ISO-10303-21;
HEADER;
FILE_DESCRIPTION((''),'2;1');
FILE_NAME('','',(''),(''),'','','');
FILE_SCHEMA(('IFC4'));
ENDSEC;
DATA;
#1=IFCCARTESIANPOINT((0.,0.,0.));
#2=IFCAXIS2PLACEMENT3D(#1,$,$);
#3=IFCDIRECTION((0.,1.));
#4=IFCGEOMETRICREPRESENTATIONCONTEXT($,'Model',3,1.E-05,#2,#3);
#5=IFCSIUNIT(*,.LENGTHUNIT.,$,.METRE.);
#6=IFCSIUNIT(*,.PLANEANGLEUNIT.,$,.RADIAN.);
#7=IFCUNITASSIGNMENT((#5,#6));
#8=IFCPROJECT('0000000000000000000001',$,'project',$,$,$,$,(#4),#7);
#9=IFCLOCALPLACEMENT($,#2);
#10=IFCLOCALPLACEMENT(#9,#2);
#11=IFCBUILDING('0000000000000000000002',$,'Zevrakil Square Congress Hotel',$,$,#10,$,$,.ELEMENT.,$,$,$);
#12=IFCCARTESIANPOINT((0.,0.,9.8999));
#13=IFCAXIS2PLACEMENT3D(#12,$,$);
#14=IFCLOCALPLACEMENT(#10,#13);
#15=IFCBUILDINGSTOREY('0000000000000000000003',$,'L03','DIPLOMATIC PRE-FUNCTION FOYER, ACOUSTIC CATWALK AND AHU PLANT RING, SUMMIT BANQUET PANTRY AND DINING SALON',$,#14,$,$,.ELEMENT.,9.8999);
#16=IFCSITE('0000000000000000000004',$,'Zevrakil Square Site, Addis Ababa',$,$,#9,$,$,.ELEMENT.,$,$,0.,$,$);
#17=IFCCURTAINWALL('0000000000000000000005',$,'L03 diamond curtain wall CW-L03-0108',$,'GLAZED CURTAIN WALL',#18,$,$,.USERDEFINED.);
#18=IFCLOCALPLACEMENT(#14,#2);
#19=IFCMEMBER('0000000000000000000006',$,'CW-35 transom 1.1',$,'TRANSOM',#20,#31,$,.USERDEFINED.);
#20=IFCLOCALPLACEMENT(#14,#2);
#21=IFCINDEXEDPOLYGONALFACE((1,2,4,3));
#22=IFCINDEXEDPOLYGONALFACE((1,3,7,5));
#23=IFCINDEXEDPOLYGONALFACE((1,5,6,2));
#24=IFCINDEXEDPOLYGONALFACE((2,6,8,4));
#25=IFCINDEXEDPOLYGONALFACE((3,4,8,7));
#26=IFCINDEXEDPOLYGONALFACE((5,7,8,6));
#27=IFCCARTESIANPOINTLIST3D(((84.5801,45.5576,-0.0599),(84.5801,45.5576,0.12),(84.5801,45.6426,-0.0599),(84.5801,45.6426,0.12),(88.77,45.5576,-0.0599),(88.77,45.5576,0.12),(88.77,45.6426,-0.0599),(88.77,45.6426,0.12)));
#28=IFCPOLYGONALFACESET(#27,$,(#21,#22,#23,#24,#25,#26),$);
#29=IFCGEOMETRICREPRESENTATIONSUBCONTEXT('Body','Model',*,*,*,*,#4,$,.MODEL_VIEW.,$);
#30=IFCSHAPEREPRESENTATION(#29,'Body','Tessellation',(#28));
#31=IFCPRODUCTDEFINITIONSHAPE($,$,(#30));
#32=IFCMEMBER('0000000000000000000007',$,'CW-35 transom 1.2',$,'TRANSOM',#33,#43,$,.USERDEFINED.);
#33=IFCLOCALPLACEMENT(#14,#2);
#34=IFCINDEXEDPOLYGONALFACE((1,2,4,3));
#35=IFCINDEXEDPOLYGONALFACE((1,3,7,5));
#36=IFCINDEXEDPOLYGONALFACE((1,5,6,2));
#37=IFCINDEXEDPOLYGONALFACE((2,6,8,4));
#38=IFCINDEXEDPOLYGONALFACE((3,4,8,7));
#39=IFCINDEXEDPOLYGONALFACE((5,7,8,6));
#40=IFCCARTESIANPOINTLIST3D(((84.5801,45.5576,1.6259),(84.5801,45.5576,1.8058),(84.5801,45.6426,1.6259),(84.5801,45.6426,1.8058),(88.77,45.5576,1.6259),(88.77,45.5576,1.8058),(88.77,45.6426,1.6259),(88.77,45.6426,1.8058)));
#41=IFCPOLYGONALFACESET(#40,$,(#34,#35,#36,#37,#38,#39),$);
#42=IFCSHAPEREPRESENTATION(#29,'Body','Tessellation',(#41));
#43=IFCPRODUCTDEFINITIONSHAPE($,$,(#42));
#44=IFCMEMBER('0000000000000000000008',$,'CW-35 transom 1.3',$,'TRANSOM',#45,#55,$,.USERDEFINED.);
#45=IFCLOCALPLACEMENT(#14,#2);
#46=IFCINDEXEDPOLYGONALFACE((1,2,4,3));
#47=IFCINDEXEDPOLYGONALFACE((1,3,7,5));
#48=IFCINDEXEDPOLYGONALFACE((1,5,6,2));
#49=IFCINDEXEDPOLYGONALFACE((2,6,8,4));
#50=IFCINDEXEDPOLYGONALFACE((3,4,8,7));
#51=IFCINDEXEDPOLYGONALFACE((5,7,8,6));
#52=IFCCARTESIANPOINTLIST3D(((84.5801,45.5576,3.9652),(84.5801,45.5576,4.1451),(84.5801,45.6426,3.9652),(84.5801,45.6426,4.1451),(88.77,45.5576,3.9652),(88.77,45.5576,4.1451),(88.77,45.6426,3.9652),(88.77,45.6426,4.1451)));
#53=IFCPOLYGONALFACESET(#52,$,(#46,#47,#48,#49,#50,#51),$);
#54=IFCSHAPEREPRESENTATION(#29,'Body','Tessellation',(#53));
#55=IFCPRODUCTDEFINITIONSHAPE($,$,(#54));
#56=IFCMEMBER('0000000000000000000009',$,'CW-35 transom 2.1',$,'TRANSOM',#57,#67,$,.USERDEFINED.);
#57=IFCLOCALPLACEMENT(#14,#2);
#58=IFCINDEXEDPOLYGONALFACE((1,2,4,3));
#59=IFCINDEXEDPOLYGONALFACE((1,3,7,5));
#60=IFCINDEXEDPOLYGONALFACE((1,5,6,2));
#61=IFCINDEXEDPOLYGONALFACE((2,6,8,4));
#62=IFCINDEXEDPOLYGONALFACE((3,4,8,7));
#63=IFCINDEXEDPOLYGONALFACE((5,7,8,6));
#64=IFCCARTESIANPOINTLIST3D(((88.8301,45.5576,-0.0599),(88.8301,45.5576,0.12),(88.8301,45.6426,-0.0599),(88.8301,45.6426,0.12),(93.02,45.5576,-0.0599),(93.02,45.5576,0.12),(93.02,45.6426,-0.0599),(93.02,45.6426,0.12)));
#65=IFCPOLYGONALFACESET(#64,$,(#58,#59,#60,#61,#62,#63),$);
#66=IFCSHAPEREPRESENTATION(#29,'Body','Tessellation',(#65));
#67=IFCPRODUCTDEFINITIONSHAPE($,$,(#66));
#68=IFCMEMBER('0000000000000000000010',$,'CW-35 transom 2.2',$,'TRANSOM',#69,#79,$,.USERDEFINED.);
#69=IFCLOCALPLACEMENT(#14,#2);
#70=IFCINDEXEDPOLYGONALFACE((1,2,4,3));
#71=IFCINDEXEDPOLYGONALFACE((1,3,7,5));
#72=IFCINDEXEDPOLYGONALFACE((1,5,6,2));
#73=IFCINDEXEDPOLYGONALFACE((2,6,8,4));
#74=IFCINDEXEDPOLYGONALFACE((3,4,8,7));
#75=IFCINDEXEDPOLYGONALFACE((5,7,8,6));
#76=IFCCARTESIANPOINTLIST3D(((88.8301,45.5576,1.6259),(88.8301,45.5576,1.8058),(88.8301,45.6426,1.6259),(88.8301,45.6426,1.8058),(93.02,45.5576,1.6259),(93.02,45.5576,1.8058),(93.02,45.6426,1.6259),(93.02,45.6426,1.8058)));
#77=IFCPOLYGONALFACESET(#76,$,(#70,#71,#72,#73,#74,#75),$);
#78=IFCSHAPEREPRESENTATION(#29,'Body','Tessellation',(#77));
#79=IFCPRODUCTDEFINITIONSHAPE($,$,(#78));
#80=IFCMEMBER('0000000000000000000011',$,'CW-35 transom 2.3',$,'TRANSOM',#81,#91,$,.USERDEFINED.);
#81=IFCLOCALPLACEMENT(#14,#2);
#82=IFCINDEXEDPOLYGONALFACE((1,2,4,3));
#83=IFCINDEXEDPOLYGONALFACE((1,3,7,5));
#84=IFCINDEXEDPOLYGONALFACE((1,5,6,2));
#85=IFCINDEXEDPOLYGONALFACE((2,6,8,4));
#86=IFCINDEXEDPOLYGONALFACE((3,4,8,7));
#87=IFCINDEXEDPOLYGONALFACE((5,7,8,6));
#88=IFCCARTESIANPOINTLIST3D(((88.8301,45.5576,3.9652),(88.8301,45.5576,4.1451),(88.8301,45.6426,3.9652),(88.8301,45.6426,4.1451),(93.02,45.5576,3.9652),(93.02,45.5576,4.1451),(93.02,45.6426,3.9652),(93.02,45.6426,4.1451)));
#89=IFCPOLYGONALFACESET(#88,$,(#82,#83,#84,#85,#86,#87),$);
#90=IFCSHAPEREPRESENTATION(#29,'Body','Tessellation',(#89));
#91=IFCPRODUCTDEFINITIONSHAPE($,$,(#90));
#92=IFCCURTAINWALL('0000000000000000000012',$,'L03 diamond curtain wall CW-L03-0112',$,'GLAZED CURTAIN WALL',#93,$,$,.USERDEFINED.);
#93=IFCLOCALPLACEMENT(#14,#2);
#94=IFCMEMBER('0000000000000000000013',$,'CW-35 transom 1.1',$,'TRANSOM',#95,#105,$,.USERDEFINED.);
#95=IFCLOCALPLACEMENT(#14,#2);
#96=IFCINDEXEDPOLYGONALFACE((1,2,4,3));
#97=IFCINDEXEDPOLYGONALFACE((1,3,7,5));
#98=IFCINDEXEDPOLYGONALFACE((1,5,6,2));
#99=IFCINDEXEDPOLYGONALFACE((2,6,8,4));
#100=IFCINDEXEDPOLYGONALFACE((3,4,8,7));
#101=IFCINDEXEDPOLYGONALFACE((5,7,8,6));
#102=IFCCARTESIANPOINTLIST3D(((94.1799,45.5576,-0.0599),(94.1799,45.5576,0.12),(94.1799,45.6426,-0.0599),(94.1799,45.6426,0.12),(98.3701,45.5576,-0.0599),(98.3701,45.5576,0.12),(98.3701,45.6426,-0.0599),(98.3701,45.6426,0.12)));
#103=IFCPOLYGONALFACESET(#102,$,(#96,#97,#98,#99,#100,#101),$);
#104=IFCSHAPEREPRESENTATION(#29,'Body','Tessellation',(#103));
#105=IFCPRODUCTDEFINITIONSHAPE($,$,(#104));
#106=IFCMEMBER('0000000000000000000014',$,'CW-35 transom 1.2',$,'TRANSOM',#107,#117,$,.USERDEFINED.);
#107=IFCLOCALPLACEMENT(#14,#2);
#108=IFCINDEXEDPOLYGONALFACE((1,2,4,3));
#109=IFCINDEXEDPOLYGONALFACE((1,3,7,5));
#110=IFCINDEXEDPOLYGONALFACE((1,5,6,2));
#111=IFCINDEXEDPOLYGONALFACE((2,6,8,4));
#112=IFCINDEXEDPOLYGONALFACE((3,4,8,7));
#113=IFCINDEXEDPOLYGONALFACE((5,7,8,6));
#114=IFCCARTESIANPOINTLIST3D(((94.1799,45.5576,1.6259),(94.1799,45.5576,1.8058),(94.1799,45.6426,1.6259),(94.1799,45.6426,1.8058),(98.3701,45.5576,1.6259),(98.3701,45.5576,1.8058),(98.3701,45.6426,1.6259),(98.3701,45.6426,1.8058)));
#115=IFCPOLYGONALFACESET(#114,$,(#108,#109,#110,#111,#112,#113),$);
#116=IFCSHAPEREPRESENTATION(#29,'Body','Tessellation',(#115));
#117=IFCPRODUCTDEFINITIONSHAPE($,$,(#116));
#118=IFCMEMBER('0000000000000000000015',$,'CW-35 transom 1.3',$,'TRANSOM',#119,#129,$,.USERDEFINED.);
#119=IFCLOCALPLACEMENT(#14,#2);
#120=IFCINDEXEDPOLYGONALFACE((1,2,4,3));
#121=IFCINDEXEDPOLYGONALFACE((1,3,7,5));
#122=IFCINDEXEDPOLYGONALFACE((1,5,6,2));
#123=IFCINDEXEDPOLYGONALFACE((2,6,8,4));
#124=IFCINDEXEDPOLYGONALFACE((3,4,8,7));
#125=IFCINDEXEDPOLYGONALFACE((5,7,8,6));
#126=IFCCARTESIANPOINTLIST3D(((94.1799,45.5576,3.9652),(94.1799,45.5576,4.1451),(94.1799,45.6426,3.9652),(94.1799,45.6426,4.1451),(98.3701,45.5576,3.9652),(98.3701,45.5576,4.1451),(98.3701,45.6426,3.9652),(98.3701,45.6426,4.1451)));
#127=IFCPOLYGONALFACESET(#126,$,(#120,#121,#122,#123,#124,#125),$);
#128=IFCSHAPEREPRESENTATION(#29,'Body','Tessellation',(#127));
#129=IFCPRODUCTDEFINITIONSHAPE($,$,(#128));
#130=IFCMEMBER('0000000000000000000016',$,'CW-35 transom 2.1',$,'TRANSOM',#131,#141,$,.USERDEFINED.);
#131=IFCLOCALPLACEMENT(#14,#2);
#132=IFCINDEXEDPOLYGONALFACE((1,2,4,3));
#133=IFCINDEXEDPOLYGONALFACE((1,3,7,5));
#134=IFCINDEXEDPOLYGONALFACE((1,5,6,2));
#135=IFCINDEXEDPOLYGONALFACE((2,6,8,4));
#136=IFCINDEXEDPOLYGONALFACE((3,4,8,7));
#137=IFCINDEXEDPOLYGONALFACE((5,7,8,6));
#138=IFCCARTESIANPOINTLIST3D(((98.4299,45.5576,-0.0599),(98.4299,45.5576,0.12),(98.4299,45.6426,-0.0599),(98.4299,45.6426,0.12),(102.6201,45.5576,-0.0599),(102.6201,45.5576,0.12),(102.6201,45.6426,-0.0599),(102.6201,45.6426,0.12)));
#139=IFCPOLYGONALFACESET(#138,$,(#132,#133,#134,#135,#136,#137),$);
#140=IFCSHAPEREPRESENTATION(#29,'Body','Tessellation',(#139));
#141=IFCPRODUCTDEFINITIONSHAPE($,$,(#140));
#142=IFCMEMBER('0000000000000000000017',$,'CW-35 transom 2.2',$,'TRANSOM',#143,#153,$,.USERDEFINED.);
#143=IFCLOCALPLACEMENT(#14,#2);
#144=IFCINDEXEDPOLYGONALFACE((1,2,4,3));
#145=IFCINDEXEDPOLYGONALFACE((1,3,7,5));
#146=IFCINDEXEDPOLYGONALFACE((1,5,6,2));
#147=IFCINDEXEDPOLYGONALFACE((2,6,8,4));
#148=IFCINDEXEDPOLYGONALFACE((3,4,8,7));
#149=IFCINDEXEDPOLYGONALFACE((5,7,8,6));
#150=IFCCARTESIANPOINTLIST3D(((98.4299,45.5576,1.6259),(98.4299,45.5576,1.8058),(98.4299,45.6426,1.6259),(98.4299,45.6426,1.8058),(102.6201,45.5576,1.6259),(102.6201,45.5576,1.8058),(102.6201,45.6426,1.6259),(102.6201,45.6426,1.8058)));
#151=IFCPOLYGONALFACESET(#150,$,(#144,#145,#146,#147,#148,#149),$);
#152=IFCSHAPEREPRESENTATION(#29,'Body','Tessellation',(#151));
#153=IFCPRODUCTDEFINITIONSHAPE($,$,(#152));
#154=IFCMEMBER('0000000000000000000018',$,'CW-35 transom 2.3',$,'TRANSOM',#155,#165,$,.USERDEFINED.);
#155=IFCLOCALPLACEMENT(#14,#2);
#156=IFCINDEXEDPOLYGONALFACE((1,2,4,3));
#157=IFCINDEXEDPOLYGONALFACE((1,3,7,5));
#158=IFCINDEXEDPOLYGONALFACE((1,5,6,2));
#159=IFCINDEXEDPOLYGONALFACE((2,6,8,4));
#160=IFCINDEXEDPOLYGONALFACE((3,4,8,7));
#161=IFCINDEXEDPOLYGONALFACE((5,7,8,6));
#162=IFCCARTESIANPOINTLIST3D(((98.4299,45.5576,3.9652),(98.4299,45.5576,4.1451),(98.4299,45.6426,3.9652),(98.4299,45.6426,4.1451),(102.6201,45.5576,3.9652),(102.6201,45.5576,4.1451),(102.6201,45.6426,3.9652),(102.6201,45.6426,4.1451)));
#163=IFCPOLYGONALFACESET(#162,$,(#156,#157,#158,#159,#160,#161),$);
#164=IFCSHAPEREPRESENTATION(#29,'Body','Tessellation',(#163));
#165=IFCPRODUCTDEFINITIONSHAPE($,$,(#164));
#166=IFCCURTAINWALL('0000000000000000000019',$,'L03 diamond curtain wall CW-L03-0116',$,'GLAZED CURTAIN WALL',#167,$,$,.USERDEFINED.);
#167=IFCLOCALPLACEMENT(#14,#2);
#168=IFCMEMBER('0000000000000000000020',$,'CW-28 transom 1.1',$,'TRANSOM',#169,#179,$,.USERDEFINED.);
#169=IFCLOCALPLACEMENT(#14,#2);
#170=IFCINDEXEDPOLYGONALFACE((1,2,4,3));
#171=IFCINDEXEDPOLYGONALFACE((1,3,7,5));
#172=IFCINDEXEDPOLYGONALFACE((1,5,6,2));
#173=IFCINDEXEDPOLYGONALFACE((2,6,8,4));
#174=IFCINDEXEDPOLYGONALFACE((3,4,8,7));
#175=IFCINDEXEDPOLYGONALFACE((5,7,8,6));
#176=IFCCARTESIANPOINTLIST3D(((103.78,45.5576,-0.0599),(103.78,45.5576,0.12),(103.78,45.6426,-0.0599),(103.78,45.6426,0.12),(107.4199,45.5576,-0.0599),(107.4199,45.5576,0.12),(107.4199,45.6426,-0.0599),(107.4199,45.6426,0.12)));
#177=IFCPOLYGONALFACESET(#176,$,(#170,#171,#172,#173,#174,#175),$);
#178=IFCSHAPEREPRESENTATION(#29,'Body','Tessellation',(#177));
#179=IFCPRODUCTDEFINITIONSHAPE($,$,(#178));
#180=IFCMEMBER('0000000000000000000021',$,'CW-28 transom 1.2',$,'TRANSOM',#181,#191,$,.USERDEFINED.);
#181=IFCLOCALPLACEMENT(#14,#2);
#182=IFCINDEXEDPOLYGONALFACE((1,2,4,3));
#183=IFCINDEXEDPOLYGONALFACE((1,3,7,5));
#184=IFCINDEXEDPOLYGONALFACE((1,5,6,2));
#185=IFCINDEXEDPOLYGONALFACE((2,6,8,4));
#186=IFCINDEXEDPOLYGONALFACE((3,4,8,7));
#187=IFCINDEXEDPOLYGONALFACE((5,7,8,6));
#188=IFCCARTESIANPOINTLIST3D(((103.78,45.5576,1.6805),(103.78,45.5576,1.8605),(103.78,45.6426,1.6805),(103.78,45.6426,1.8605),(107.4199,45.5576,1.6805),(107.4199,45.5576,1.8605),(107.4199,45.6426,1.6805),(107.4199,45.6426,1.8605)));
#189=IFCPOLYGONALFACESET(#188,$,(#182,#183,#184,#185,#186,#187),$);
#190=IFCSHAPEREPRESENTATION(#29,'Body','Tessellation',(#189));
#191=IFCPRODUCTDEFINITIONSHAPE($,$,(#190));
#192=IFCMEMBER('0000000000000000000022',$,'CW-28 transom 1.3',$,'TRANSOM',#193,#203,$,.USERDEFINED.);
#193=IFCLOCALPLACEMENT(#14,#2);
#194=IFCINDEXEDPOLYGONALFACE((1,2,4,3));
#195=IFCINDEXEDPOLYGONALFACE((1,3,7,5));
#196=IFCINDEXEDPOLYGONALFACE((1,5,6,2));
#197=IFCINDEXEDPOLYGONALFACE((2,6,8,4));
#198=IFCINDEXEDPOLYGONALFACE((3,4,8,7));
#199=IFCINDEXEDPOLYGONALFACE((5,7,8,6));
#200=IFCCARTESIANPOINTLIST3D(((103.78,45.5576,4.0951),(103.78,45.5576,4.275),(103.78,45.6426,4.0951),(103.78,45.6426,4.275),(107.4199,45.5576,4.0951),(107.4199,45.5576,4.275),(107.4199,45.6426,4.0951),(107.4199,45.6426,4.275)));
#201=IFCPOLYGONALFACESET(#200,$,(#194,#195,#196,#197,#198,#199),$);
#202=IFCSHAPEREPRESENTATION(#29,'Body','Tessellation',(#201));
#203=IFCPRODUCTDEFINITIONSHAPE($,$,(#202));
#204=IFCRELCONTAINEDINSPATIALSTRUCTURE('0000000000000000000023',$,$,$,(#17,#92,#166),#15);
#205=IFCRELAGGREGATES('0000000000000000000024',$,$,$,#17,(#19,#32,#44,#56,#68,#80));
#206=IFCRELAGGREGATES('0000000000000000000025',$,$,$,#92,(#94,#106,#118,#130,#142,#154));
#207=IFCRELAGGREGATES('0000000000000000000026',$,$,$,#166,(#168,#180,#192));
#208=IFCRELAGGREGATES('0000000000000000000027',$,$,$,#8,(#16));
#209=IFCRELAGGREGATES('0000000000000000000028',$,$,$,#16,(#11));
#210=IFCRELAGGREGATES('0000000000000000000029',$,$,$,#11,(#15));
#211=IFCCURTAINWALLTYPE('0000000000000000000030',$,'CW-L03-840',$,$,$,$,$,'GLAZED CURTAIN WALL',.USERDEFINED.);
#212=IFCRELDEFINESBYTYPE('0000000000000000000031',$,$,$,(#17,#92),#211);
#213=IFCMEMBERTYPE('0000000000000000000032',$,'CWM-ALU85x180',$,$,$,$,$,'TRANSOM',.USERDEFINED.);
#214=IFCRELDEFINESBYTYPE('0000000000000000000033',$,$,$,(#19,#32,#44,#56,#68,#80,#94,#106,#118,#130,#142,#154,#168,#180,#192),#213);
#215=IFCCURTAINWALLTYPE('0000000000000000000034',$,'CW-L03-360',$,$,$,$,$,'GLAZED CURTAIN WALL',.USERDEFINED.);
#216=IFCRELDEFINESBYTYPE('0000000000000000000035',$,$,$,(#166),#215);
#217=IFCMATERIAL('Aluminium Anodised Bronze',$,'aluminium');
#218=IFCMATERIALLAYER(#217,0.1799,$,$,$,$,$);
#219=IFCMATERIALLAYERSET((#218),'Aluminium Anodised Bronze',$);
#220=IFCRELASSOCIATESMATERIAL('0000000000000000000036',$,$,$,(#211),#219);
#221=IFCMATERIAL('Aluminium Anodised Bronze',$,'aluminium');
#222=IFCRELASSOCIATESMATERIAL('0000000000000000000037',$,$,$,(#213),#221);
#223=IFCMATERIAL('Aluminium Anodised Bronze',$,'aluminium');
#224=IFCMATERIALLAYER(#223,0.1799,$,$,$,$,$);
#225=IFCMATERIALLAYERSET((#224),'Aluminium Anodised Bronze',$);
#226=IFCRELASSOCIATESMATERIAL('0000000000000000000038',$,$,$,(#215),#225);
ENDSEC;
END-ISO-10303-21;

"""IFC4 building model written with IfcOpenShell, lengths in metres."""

from ifc_helpers import new_model, si_unit, direction, frame, origin, origin_2d, place, context, subcontext, project, spatial, rectangle, extrude, material, layer, layer_set, material_profile, profile_set, type_object, element, aggregate, save


model = new_model("IFC4")

# Units and contexts
model_context = context("Model", 3, precision=1e-05, world=origin(), true_north=direction((0.0, 1.0)))
body_context = subcontext(model_context, "Body", "Model", "MODEL_VIEW")
ifc_project = project(units=[si_unit("LENGTHUNIT", "METRE"), si_unit("PLANEANGLEUNIT", "RADIAN")], contexts=[model_context])

# Site, building, storey
site_placement = place(None, origin())
site = spatial("IfcSite", under=ifc_project, at=site_placement, Name="Zevrakil Square Site, Addis Ababa", CompositionType="ELEMENT", RefElevation=0.0)
building_placement = place(site_placement, origin())
building = spatial("IfcBuilding", under=site, at=building_placement, Name="Zevrakil Square Congress Hotel", CompositionType="ELEMENT")
storey_placement = place(building_placement, frame((0.0, 0.0, 9.8999)))
storey = spatial("IfcBuildingStorey", under=building, at=storey_placement, Name="L03", Description="DIPLOMATIC PRE-FUNCTION FOYER, ACOUSTIC CATWALK AND AHU PLANT RING, SUMMIT BANQUET PANTRY AND DINING SALON", CompositionType="ELEMENT", Elevation=9.8999)

# Curtain walls, members
ifc_material_1 = material(Name="Aluminium Anodised Bronze", Category="aluminium")
ifc_layer_1 = layer(ifc_material_1, 0.1799)
ifc_layer_set_1 = layer_set([ifc_layer_1], Name="Aluminium Anodised Bronze")
curtain_wall_type_1 = type_object("IfcCurtainWallType", Name="CW-L03-840", ElementType="GLAZED CURTAIN WALL", PredefinedType="USERDEFINED", material=ifc_layer_set_1)
curtain_wall_1_placement = place(storey_placement, origin())
curtain_wall_1 = element("IfcCurtainWall", 1, at=curtain_wall_1_placement, inside=storey, type_object=curtain_wall_type_1, Name="L03 diamond curtain wall CW-L03-0108", ObjectType="GLAZED CURTAIN WALL", PredefinedType="USERDEFINED")
ifc_material_2 = material(Name="Aluminium Anodised Bronze", Category="aluminium")
ifc_material_profile_1 = material_profile(ifc_material_2, rectangle(XDim=0.085, YDim=0.1799, at=origin_2d()), Name="ALU 85x180")
ifc_profile_set_1 = profile_set([ifc_material_profile_1], Name="Aluminium Anodised Bronze")
member_type_1 = type_object("IfcMemberType", Name="CWM-ALU85x180", ElementType="TRANSOM", PredefinedType="USERDEFINED", material=ifc_profile_set_1)
member_1_placement = place(storey_placement, frame((84.5801, 45.6001, 0.03), z_axis=(1.0, 0.0, 0.0), x_axis=(0.0, 1.0, 0.0)))
member_1 = element("IfcMember", 2, at=member_1_placement, type_object=member_type_1, Name="CW-35 transom 1.1", ObjectType="TRANSOM", PredefinedType="USERDEFINED", context=body_context, shape_type="SweptSolid", body=[
    extrude(rectangle(XDim=0.085, YDim=0.1799, at=origin_2d()), origin(), (0.0, 0.0, 1.0), 4.1899),
])
member_2_placement = place(storey_placement, frame((84.5801, 45.6001, 1.7158), z_axis=(1.0, 0.0, 0.0), x_axis=(0.0, 1.0, 0.0)))
member_2 = element("IfcMember", 3, at=member_2_placement, type_object=member_type_1, Name="CW-35 transom 1.2", ObjectType="TRANSOM", PredefinedType="USERDEFINED", context=body_context, shape_type="SweptSolid", body=[
    extrude(rectangle(XDim=0.085, YDim=0.1799, at=origin_2d()), origin(), (0.0, 0.0, 1.0), 4.1899),
])
member_3_placement = place(storey_placement, frame((84.5801, 45.6001, 4.0552), z_axis=(1.0, 0.0, 0.0), x_axis=(0.0, 1.0, 0.0)))
member_3 = element("IfcMember", 4, at=member_3_placement, type_object=member_type_1, Name="CW-35 transom 1.3", ObjectType="TRANSOM", PredefinedType="USERDEFINED", context=body_context, shape_type="SweptSolid", body=[
    extrude(rectangle(XDim=0.085, YDim=0.1799, at=origin_2d()), origin(), (0.0, 0.0, 1.0), 4.1899),
])
member_4_placement = place(storey_placement, frame((88.8301, 45.6001, 0.03), z_axis=(1.0, 0.0, 0.0), x_axis=(0.0, 1.0, 0.0)))
member_4 = element("IfcMember", 5, at=member_4_placement, type_object=member_type_1, Name="CW-35 transom 2.1", ObjectType="TRANSOM", PredefinedType="USERDEFINED", context=body_context, shape_type="SweptSolid", body=[
    extrude(rectangle(XDim=0.085, YDim=0.1799, at=origin_2d()), origin(), (0.0, 0.0, 1.0), 4.1899),
])
member_5_placement = place(storey_placement, frame((88.8301, 45.6001, 1.7158), z_axis=(1.0, 0.0, 0.0), x_axis=(0.0, 1.0, 0.0)))
member_5 = element("IfcMember", 6, at=member_5_placement, type_object=member_type_1, Name="CW-35 transom 2.2", ObjectType="TRANSOM", PredefinedType="USERDEFINED", context=body_context, shape_type="SweptSolid", body=[
    extrude(rectangle(XDim=0.085, YDim=0.1799, at=origin_2d()), origin(), (0.0, 0.0, 1.0), 4.1899),
])
member_6_placement = place(storey_placement, frame((88.8301, 45.6001, 4.0552), z_axis=(1.0, 0.0, 0.0), x_axis=(0.0, 1.0, 0.0)))
member_6 = element("IfcMember", 7, at=member_6_placement, type_object=member_type_1, Name="CW-35 transom 2.3", ObjectType="TRANSOM", PredefinedType="USERDEFINED", context=body_context, shape_type="SweptSolid", body=[
    extrude(rectangle(XDim=0.085, YDim=0.1799, at=origin_2d()), origin(), (0.0, 0.0, 1.0), 4.1899),
])
curtain_wall_2_placement = place(storey_placement, origin())
curtain_wall_2 = element("IfcCurtainWall", 8, at=curtain_wall_2_placement, inside=storey, type_object=curtain_wall_type_1, Name="L03 diamond curtain wall CW-L03-0112", ObjectType="GLAZED CURTAIN WALL", PredefinedType="USERDEFINED")
member_7_placement = place(storey_placement, frame((94.1799, 45.6001, 0.03), z_axis=(1.0, 0.0, 0.0), x_axis=(0.0, 1.0, 0.0)))
member_7 = element("IfcMember", 9, at=member_7_placement, type_object=member_type_1, Name="CW-35 transom 1.1", ObjectType="TRANSOM", PredefinedType="USERDEFINED", context=body_context, shape_type="SweptSolid", body=[
    extrude(rectangle(XDim=0.085, YDim=0.1799, at=origin_2d()), origin(), (0.0, 0.0, 1.0), 4.1902),
])
member_8_placement = place(storey_placement, frame((94.1799, 45.6001, 1.7158), z_axis=(1.0, 0.0, 0.0), x_axis=(0.0, 1.0, 0.0)))
member_8 = element("IfcMember", 10, at=member_8_placement, type_object=member_type_1, Name="CW-35 transom 1.2", ObjectType="TRANSOM", PredefinedType="USERDEFINED", context=body_context, shape_type="SweptSolid", body=[
    extrude(rectangle(XDim=0.085, YDim=0.1799, at=origin_2d()), origin(), (0.0, 0.0, 1.0), 4.1902),
])
member_9_placement = place(storey_placement, frame((94.1799, 45.6001, 4.0552), z_axis=(1.0, 0.0, 0.0), x_axis=(0.0, 1.0, 0.0)))
member_9 = element("IfcMember", 11, at=member_9_placement, type_object=member_type_1, Name="CW-35 transom 1.3", ObjectType="TRANSOM", PredefinedType="USERDEFINED", context=body_context, shape_type="SweptSolid", body=[
    extrude(rectangle(XDim=0.085, YDim=0.1799, at=origin_2d()), origin(), (0.0, 0.0, 1.0), 4.1902),
])
member_10_placement = place(storey_placement, frame((98.4299, 45.6001, 0.03), z_axis=(1.0, 0.0, 0.0), x_axis=(0.0, 1.0, 0.0)))
member_10 = element("IfcMember", 12, at=member_10_placement, type_object=member_type_1, Name="CW-35 transom 2.1", ObjectType="TRANSOM", PredefinedType="USERDEFINED", context=body_context, shape_type="SweptSolid", body=[
    extrude(rectangle(XDim=0.085, YDim=0.1799, at=origin_2d()), origin(), (0.0, 0.0, 1.0), 4.1902),
])
member_11_placement = place(storey_placement, frame((98.4299, 45.6001, 1.7158), z_axis=(1.0, 0.0, 0.0), x_axis=(0.0, 1.0, 0.0)))
member_11 = element("IfcMember", 13, at=member_11_placement, type_object=member_type_1, Name="CW-35 transom 2.2", ObjectType="TRANSOM", PredefinedType="USERDEFINED", context=body_context, shape_type="SweptSolid", body=[
    extrude(rectangle(XDim=0.085, YDim=0.1799, at=origin_2d()), origin(), (0.0, 0.0, 1.0), 4.1902),
])
member_12_placement = place(storey_placement, frame((98.4299, 45.6001, 4.0552), z_axis=(1.0, 0.0, 0.0), x_axis=(0.0, 1.0, 0.0)))
member_12 = element("IfcMember", 14, at=member_12_placement, type_object=member_type_1, Name="CW-35 transom 2.3", ObjectType="TRANSOM", PredefinedType="USERDEFINED", context=body_context, shape_type="SweptSolid", body=[
    extrude(rectangle(XDim=0.085, YDim=0.1799, at=origin_2d()), origin(), (0.0, 0.0, 1.0), 4.1902),
])
ifc_material_3 = material(Name="Aluminium Anodised Bronze", Category="aluminium")
ifc_layer_2 = layer(ifc_material_3, 0.1799)
ifc_layer_set_2 = layer_set([ifc_layer_2], Name="Aluminium Anodised Bronze")
curtain_wall_type_2 = type_object("IfcCurtainWallType", Name="CW-L03-360", ElementType="GLAZED CURTAIN WALL", PredefinedType="USERDEFINED", material=ifc_layer_set_2)
curtain_wall_3_placement = place(storey_placement, origin())
curtain_wall_3 = element("IfcCurtainWall", 15, at=curtain_wall_3_placement, inside=storey, type_object=curtain_wall_type_2, Name="L03 diamond curtain wall CW-L03-0116", ObjectType="GLAZED CURTAIN WALL", PredefinedType="USERDEFINED")
member_13_placement = place(storey_placement, frame((103.78, 45.6001, 0.03), z_axis=(1.0, 0.0, 0.0), x_axis=(0.0, 1.0, 0.0)))
member_13 = element("IfcMember", 16, at=member_13_placement, type_object=member_type_1, Name="CW-28 transom 1.1", ObjectType="TRANSOM", PredefinedType="USERDEFINED", context=body_context, shape_type="SweptSolid", body=[
    extrude(rectangle(XDim=0.085, YDim=0.1799, at=origin_2d()), origin(), (0.0, 0.0, 1.0), 3.6399),
])
member_14_placement = place(storey_placement, frame((103.78, 45.6001, 1.7705), z_axis=(1.0, 0.0, 0.0), x_axis=(0.0, 1.0, 0.0)))
member_14 = element("IfcMember", 17, at=member_14_placement, type_object=member_type_1, Name="CW-28 transom 1.2", ObjectType="TRANSOM", PredefinedType="USERDEFINED", context=body_context, shape_type="SweptSolid", body=[
    extrude(rectangle(XDim=0.085, YDim=0.1799, at=origin_2d()), origin(), (0.0, 0.0, 1.0), 3.6399),
])
member_15_placement = place(storey_placement, frame((103.78, 45.6001, 4.1851), z_axis=(1.0, 0.0, 0.0), x_axis=(0.0, 1.0, 0.0)))
member_15 = element("IfcMember", 18, at=member_15_placement, type_object=member_type_1, Name="CW-28 transom 1.3", ObjectType="TRANSOM", PredefinedType="USERDEFINED", context=body_context, shape_type="SweptSolid", body=[
    extrude(rectangle(XDim=0.085, YDim=0.1799, at=origin_2d()), origin(), (0.0, 0.0, 1.0), 3.6399),
])

aggregate(curtain_wall_1, [member_1, member_2, member_3, member_4, member_5, member_6])
aggregate(curtain_wall_2, [member_7, member_8, member_9, member_10, member_11, member_12])
aggregate(curtain_wall_3, [member_13, member_14, member_15])

save(model, "model.ifc")
